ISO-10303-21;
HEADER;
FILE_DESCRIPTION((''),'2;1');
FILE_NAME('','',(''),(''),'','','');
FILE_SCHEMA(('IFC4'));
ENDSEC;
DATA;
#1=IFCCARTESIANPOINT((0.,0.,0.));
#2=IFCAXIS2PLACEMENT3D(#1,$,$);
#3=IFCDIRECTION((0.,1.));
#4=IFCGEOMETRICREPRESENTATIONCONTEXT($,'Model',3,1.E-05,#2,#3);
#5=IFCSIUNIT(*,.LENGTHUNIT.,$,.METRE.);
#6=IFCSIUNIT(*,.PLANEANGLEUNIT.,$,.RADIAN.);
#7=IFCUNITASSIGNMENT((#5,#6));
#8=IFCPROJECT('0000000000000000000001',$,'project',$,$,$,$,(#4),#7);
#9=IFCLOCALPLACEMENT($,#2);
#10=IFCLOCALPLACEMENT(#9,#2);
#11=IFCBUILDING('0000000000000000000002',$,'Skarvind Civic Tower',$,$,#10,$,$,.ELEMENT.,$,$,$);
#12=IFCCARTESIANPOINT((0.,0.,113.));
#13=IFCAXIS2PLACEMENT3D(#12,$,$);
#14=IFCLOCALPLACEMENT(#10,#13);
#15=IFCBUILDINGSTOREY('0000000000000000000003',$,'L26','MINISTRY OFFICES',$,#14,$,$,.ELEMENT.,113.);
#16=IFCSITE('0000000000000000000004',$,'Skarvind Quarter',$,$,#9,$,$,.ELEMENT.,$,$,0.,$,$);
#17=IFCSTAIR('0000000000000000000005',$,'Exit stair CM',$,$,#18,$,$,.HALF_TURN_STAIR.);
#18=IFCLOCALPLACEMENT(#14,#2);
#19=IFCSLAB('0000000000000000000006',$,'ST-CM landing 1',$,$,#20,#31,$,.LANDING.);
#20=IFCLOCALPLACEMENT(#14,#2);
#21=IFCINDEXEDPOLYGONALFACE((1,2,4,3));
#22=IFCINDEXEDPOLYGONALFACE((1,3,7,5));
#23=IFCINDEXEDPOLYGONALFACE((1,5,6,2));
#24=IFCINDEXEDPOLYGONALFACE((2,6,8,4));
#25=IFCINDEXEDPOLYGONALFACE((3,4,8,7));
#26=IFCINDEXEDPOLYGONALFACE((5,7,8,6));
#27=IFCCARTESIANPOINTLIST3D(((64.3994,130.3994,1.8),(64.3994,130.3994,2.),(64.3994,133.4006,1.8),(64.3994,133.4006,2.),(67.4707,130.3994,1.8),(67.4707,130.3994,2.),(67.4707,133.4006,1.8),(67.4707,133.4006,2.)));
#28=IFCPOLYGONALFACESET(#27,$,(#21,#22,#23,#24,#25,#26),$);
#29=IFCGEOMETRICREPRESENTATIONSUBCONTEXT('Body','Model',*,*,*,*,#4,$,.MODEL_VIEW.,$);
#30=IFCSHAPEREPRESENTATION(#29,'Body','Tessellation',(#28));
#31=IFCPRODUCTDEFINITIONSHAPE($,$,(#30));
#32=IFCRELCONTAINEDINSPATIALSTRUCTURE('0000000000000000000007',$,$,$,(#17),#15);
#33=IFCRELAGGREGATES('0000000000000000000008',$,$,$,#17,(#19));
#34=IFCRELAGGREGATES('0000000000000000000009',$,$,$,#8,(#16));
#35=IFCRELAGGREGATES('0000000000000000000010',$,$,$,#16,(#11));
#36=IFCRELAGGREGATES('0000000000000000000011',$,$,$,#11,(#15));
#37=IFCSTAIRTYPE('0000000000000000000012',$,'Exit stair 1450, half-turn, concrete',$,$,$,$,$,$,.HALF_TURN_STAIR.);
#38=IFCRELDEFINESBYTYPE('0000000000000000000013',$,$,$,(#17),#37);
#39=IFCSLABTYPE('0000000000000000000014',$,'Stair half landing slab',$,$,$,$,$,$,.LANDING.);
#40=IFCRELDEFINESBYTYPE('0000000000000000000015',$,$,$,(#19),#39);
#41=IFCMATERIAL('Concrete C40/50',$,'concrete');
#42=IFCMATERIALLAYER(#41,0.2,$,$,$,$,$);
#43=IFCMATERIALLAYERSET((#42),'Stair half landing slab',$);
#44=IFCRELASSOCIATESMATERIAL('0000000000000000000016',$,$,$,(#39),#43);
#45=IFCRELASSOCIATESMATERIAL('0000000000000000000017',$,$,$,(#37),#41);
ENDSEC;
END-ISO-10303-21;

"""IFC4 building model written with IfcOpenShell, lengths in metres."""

from ifc_helpers import new_model, si_unit, direction, frame, origin, place, context, subcontext, project, spatial, polyline, outline, extrude, material, layer, layer_set, type_object, element, aggregate, save


model = new_model("IFC4")

# Units and contexts
model_context = context("Model", 3, precision=1e-05, world=origin(), true_north=direction((0.0, 1.0)))
body_context = subcontext(model_context, "Body", "Model", "MODEL_VIEW")
ifc_project = project(units=[si_unit("LENGTHUNIT", "METRE"), si_unit("PLANEANGLEUNIT", "RADIAN")], contexts=[model_context])

# Site, building, storey
site_placement = place(None, origin())
site = spatial("IfcSite", under=ifc_project, at=site_placement, Name="Skarvind Quarter", CompositionType="ELEMENT", RefElevation=0.0)
building_placement = place(site_placement, origin())
building = spatial("IfcBuilding", under=site, at=building_placement, Name="Skarvind Civic Tower", CompositionType="ELEMENT")
storey_placement = place(building_placement, frame((0.0, 0.0, 113.0)))
storey = spatial("IfcBuildingStorey", under=building, at=storey_placement, Name="L26", Description="MINISTRY OFFICES", CompositionType="ELEMENT", Elevation=113.0)

# Shared definitions
ifc_material_1 = material(Name="Concrete C40/50", Category="concrete")

# Stair, slab
ifc_layer_1 = layer(ifc_material_1, 0.2)
ifc_layer_set_1 = layer_set([ifc_layer_1], Name="Stair half landing slab")
slab_type_1 = type_object("IfcSlabType", Name="Stair half landing slab", PredefinedType="LANDING", material=ifc_layer_set_1)
stair_type_1 = type_object("IfcStairType", Name="Exit stair 1450, half-turn, concrete", PredefinedType="HALF_TURN_STAIR", material=ifc_material_1)
stair_1_placement = place(storey_placement, origin())
stair_1 = element("IfcStair", 1, at=stair_1_placement, inside=storey, type_object=stair_type_1, Name="Exit stair CM", PredefinedType="HALF_TURN_STAIR")
slab_1_placement = place(storey_placement, frame((0.0, 0.0, 1.8)))
slab_1 = element("IfcSlab", 2, at=slab_1_placement, type_object=slab_type_1, Name="ST-CM landing 1", PredefinedType="LANDING", context=body_context, shape_type="SweptSolid", body=[
    extrude(outline(polyline([(67.4707, 133.4006), (67.4707, 130.3994), (64.3994, 130.3994), (64.3994, 133.4006), (67.4707, 133.4006)])), origin(), (0.0, 0.0, 1.0), 0.2),
])
aggregate(stair_1, [slab_1])

save(model, "model.ifc")
